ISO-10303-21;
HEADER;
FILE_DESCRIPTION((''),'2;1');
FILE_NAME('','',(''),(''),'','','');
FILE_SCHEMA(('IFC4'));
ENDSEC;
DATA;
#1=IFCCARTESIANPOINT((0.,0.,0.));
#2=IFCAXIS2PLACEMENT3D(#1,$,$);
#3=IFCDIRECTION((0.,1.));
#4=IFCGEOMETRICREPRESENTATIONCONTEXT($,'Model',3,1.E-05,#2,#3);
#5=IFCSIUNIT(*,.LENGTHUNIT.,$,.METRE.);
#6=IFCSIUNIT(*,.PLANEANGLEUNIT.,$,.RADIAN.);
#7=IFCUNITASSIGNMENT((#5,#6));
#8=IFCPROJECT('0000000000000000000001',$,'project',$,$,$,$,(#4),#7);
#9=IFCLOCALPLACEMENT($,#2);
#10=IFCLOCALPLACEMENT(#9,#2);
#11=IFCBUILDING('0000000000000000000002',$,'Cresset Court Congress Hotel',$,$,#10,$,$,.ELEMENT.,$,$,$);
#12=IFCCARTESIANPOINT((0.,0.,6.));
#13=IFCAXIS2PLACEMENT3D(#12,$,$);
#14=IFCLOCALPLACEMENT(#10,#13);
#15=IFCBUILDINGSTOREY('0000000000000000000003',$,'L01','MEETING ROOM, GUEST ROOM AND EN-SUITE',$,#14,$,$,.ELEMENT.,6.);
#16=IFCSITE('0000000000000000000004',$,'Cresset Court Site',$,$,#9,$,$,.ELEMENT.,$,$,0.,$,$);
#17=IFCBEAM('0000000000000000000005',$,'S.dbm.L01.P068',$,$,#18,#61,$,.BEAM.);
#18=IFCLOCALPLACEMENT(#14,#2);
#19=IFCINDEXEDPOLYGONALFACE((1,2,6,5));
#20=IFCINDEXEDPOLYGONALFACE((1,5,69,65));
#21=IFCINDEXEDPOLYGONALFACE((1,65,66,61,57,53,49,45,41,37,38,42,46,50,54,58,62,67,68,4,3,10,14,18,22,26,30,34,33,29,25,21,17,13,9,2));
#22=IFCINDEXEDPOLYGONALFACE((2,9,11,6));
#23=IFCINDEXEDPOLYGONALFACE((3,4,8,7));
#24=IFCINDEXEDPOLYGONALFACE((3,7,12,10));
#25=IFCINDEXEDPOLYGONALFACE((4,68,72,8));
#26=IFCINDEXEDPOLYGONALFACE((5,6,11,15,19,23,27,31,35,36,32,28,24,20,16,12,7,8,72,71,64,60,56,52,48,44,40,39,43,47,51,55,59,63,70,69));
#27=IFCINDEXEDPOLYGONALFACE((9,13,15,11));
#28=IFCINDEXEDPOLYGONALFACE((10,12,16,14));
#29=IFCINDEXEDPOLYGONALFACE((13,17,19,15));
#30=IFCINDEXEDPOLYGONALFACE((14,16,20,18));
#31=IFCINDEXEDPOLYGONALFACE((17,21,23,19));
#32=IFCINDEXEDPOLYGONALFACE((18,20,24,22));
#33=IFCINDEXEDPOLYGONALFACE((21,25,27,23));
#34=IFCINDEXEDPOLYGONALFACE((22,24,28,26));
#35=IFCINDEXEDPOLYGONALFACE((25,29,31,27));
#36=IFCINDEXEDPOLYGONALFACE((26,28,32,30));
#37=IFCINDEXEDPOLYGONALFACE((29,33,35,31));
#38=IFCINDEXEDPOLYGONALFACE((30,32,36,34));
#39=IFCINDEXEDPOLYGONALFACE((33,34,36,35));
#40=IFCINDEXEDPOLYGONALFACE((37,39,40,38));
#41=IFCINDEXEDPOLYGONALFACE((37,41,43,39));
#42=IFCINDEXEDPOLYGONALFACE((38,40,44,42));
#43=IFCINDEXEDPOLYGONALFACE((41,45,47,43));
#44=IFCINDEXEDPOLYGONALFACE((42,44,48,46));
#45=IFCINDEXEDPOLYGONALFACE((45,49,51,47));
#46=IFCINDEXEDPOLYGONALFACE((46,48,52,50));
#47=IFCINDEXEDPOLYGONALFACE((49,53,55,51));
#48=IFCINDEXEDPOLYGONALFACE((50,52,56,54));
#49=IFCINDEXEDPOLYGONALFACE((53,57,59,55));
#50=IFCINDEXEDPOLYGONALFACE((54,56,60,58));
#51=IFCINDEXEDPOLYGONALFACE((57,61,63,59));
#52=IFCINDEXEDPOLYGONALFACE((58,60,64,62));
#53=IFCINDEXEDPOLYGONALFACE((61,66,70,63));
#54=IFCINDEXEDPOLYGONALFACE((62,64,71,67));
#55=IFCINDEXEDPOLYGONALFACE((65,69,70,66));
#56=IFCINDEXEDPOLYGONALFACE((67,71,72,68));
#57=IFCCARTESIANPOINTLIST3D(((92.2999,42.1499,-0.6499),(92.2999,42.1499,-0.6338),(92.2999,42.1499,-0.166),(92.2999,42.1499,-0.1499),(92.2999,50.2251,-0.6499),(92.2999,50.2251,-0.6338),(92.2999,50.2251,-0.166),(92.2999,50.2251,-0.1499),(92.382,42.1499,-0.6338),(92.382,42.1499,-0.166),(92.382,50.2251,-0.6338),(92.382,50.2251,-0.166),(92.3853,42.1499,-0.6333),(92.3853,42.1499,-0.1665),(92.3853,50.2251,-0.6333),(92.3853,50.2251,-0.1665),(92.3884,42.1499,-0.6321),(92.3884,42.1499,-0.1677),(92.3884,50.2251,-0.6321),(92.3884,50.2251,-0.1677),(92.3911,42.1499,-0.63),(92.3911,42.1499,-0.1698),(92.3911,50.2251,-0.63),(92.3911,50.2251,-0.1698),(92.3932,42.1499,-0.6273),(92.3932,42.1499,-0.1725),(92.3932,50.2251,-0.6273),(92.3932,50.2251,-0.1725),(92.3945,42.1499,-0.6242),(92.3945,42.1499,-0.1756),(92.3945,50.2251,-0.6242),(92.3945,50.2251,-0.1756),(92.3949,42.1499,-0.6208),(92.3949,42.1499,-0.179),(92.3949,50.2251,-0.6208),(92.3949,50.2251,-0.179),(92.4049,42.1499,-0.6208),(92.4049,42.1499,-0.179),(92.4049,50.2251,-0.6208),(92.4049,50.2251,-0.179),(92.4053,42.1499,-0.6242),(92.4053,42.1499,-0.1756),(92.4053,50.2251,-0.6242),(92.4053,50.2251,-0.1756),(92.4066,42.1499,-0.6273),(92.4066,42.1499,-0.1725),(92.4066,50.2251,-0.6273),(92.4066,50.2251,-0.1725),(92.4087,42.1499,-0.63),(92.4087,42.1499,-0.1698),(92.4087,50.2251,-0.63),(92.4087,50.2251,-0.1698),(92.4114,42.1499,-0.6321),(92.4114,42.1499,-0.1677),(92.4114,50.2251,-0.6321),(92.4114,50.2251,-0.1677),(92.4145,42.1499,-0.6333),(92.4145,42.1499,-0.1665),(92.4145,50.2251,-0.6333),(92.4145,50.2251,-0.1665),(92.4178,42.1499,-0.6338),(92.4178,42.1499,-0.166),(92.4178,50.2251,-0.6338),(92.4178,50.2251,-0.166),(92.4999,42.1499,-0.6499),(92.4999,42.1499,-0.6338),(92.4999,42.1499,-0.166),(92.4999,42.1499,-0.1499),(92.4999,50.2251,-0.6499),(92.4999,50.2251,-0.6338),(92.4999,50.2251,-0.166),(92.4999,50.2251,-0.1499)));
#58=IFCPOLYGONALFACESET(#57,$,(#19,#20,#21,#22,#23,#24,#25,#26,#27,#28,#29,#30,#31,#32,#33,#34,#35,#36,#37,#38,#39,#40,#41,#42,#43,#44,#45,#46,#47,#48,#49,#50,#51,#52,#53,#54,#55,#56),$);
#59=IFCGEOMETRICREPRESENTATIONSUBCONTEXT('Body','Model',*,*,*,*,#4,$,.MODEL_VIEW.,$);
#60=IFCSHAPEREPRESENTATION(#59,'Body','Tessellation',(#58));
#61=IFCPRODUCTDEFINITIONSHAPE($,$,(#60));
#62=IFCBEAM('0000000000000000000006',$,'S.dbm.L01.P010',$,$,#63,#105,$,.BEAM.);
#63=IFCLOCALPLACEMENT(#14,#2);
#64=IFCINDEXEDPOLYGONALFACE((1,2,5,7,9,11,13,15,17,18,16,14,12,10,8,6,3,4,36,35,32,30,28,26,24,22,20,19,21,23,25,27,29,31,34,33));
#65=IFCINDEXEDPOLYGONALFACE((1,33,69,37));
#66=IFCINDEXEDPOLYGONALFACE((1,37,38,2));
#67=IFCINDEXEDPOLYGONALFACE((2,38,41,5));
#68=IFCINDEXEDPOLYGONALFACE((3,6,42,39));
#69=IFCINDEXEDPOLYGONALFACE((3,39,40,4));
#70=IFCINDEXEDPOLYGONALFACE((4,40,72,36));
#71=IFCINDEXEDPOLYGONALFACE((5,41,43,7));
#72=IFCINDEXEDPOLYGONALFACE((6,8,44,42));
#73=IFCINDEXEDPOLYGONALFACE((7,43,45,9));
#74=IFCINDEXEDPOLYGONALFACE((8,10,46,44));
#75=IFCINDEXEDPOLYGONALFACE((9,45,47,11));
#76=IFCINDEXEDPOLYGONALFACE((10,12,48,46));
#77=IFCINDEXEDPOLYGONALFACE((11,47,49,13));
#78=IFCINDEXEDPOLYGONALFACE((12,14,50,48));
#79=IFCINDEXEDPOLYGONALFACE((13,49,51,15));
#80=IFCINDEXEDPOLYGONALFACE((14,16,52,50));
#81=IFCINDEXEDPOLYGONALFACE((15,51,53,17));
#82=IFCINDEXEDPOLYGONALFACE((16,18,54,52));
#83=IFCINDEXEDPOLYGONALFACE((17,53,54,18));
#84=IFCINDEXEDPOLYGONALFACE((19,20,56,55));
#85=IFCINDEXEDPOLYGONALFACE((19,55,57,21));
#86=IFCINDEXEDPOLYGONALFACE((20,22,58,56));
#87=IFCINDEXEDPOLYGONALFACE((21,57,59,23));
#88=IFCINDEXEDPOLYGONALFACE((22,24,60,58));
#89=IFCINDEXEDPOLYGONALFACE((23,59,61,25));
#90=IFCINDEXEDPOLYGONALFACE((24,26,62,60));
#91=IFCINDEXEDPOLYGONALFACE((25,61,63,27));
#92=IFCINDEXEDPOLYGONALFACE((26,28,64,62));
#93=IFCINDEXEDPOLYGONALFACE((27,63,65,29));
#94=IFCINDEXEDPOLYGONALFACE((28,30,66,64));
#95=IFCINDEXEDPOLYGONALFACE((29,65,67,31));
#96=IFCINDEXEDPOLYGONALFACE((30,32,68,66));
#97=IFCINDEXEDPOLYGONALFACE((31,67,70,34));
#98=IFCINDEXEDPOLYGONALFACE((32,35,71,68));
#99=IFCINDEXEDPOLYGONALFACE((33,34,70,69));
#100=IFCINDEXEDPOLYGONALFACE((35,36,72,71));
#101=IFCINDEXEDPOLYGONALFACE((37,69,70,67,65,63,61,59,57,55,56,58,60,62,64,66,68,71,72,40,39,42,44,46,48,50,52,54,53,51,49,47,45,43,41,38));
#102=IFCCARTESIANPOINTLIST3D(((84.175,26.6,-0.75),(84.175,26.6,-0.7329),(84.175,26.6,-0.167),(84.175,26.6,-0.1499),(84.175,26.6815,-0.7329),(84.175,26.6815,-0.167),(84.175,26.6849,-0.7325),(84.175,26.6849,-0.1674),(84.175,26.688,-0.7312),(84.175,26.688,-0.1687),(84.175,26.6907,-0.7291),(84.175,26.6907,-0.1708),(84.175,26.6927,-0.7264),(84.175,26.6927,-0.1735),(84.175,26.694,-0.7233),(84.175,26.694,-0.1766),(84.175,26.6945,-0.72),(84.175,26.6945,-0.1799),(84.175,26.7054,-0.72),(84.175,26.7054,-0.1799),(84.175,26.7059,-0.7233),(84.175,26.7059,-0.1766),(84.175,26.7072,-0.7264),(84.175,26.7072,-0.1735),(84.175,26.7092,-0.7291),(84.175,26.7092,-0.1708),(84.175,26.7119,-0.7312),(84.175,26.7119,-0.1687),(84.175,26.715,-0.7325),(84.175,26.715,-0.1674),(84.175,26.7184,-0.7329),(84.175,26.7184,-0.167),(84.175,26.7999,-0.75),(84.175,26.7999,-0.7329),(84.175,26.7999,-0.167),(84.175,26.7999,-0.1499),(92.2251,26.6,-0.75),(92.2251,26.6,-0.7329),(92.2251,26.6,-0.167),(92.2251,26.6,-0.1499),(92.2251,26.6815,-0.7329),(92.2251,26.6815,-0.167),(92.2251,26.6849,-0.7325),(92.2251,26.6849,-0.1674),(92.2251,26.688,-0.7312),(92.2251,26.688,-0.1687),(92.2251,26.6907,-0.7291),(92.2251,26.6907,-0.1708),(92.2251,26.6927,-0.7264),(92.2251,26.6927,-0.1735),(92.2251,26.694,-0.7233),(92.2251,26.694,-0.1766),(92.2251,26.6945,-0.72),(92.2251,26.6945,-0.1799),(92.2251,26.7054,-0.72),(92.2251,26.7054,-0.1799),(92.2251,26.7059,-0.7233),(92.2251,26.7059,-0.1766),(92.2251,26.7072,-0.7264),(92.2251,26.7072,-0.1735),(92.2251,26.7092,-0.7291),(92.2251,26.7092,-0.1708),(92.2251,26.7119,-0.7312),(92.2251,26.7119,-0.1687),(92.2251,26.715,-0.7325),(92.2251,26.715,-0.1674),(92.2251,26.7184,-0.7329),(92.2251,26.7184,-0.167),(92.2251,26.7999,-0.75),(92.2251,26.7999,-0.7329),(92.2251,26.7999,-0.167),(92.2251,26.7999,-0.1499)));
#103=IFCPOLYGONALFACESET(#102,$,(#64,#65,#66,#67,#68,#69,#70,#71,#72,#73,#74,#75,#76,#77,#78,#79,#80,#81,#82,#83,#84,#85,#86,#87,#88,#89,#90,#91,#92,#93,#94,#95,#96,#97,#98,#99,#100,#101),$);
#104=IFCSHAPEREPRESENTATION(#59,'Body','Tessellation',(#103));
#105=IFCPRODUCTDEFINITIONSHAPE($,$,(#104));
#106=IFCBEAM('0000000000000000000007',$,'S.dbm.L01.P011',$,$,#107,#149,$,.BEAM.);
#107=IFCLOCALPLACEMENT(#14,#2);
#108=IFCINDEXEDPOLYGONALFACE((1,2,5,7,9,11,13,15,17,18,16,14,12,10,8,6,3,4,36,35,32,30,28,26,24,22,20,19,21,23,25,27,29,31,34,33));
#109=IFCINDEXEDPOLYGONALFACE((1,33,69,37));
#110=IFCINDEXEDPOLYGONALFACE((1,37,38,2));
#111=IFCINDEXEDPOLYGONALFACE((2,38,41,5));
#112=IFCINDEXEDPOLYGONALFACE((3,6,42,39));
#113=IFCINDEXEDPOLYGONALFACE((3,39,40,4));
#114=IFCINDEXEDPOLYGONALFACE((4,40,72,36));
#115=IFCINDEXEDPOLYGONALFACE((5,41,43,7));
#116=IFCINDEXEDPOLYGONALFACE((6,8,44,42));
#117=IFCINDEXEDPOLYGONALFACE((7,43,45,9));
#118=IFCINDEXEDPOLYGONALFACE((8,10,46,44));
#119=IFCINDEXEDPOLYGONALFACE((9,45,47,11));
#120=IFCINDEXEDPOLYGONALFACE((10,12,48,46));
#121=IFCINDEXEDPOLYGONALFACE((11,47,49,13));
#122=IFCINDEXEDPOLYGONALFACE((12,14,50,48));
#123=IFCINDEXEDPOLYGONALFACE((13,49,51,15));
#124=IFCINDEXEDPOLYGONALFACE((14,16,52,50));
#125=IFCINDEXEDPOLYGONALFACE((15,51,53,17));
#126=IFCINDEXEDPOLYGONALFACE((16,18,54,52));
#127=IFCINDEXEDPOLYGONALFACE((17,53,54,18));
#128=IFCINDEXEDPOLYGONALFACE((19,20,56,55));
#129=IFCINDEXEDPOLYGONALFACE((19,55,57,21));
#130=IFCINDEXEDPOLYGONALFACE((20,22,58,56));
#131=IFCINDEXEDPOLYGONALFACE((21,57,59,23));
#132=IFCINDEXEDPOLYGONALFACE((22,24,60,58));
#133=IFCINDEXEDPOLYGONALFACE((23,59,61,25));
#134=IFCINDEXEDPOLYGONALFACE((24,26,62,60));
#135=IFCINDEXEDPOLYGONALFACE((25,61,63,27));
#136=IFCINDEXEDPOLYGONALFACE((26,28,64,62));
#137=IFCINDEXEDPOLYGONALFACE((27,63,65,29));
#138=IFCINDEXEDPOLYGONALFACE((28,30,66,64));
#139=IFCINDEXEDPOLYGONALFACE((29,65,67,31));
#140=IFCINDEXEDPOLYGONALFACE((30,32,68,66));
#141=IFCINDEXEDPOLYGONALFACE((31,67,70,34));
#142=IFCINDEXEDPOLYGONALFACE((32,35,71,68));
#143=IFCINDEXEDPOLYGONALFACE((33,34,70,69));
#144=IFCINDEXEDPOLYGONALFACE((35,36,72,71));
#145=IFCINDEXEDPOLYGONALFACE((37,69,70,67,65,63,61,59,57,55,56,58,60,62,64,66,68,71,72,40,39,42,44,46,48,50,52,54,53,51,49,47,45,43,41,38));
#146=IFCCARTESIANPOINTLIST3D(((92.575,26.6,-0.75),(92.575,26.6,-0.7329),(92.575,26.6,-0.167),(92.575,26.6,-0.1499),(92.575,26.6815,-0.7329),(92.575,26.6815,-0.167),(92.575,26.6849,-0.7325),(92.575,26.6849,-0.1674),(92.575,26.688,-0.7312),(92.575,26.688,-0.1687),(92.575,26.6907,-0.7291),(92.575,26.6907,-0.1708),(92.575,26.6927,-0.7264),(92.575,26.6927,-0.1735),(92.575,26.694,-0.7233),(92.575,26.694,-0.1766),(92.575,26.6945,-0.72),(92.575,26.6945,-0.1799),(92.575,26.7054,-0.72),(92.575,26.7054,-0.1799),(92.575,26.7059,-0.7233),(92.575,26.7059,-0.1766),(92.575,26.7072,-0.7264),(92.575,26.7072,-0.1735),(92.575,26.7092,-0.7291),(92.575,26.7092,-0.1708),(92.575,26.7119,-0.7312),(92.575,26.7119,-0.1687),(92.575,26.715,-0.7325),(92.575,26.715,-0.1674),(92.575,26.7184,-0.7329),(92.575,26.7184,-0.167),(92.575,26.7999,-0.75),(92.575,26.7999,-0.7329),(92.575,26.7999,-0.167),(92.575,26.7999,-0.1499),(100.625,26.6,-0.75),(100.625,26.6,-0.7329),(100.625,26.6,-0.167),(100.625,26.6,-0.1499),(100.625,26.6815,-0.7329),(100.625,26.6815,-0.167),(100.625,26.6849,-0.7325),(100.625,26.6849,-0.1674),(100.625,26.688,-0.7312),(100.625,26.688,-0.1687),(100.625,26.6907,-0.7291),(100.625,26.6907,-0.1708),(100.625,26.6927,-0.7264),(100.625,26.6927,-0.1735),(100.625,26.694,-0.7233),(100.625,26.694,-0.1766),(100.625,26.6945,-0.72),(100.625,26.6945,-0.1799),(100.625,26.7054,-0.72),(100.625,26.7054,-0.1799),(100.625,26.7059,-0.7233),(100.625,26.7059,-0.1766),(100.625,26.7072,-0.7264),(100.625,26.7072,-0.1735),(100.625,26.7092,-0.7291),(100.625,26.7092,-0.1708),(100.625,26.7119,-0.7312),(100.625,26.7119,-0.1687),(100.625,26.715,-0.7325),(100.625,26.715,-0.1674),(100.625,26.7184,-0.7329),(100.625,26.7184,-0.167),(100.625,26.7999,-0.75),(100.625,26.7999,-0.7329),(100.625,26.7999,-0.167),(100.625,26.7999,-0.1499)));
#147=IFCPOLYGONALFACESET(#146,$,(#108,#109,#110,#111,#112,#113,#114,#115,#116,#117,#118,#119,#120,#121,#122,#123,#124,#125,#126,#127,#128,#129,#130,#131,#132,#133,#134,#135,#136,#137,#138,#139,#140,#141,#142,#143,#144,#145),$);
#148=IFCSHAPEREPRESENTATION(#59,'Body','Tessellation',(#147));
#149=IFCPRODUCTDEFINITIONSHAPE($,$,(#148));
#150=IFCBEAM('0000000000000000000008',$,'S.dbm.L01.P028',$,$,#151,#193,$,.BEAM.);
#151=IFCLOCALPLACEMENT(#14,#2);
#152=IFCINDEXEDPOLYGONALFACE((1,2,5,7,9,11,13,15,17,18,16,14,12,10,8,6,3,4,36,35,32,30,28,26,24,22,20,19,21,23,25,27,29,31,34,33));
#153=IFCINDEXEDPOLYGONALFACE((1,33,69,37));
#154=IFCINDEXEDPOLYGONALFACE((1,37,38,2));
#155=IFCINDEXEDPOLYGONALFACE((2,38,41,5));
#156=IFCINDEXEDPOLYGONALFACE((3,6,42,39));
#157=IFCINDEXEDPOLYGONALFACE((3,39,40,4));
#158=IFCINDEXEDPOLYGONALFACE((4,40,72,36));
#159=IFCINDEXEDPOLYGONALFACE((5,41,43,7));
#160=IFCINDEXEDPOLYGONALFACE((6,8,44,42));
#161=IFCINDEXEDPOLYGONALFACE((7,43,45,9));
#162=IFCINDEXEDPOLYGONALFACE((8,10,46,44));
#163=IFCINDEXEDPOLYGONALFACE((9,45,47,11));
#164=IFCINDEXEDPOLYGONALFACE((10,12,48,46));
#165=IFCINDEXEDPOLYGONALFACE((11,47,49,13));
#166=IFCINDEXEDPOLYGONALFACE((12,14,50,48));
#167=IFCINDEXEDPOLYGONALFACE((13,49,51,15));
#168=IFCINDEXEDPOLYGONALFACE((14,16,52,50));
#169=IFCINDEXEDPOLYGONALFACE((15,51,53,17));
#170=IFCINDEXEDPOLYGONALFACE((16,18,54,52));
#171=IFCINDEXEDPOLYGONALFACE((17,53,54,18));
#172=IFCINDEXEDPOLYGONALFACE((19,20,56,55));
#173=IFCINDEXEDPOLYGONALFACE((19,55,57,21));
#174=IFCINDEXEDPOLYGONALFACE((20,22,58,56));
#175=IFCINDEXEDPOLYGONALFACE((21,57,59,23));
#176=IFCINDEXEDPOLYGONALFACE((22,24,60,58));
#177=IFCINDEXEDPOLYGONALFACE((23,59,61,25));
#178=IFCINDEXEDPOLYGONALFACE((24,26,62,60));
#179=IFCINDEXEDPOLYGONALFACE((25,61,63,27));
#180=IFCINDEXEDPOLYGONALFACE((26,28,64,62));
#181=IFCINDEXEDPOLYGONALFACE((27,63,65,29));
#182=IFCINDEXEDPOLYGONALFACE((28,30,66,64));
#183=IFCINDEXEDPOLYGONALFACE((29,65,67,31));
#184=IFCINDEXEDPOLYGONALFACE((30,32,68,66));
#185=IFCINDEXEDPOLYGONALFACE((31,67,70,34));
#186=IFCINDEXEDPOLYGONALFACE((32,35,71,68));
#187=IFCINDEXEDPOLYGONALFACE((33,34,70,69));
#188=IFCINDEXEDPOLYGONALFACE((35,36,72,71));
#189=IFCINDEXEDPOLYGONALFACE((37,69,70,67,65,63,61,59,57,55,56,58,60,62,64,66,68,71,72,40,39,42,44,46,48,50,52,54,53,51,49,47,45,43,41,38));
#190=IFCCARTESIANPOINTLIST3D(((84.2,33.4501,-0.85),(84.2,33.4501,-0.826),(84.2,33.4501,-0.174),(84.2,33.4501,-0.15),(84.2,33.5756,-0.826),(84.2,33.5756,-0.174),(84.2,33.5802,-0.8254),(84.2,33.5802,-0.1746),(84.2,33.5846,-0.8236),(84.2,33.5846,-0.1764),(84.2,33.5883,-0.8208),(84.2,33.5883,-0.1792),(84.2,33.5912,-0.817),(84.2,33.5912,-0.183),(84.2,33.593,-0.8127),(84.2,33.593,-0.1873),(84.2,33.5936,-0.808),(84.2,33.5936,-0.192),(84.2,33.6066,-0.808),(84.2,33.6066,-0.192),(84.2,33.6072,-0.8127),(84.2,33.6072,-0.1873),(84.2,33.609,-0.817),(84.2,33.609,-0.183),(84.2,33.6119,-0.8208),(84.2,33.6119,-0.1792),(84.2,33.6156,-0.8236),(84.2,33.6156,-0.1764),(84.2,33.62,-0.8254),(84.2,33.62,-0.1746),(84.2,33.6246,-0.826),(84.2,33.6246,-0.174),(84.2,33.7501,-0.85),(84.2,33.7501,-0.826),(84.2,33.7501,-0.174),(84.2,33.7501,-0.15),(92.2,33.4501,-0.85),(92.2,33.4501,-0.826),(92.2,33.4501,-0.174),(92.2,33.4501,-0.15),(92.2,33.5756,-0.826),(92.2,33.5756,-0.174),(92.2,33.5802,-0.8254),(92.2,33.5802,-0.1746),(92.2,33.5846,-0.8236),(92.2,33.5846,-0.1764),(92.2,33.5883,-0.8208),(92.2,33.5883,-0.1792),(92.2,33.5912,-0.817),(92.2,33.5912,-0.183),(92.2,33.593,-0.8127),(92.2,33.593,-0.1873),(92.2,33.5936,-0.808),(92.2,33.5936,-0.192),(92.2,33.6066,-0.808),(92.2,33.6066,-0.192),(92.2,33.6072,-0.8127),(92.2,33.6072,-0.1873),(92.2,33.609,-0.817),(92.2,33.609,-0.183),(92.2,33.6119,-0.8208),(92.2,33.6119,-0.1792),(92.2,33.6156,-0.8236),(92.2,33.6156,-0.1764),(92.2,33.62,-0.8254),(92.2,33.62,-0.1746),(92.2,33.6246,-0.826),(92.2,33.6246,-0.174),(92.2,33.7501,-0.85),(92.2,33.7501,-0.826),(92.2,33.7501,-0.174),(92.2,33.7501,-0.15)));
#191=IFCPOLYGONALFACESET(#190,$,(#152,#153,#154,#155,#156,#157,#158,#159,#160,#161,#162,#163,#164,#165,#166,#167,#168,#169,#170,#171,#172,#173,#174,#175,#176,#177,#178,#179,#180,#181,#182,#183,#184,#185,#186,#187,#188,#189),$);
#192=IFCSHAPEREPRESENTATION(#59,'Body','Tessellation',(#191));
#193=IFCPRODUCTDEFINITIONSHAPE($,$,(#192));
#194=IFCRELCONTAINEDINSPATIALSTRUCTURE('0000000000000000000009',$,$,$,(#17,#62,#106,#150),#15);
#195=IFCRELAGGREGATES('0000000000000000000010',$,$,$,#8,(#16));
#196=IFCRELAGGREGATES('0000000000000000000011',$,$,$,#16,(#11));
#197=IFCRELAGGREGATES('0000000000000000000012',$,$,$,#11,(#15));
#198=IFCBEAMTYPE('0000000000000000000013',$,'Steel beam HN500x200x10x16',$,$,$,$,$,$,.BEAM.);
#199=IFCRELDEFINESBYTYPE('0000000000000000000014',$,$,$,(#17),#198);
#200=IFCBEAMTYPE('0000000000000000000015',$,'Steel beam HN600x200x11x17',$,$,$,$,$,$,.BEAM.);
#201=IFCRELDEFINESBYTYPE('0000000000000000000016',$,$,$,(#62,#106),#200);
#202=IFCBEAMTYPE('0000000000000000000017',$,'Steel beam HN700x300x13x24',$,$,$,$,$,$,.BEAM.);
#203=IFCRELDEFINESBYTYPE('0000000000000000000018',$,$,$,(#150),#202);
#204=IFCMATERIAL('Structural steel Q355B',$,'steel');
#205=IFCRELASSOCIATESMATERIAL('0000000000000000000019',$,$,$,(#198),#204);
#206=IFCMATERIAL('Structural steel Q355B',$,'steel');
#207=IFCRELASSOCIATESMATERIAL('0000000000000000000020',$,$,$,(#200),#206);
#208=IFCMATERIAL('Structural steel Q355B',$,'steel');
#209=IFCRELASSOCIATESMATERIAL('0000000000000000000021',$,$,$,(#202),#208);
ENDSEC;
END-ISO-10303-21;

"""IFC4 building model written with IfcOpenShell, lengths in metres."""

from ifc_helpers import new_model, si_unit, direction, frame, origin, origin_2d, place, context, subcontext, project, spatial, i_section, extrude, material, material_profile, profile_set, type_object, element, save


model = new_model("IFC4")

# Units and contexts
model_context = context("Model", 3, precision=1e-05, world=origin(), true_north=direction((0.0, 1.0)))
body_context = subcontext(model_context, "Body", "Model", "MODEL_VIEW")
ifc_project = project(units=[si_unit("LENGTHUNIT", "METRE"), si_unit("PLANEANGLEUNIT", "RADIAN")], contexts=[model_context])

# Site, building, storey
site_placement = place(None, origin())
site = spatial("IfcSite", under=ifc_project, at=site_placement, Name="Cresset Court Site", CompositionType="ELEMENT", RefElevation=0.0)
building_placement = place(site_placement, origin())
building = spatial("IfcBuilding", under=site, at=building_placement, Name="Cresset Court Congress Hotel", CompositionType="ELEMENT")
storey_placement = place(building_placement, frame((0.0, 0.0, 6.0)))
storey = spatial("IfcBuildingStorey", under=building, at=storey_placement, Name="L01", Description="MEETING ROOM, GUEST ROOM AND EN-SUITE", CompositionType="ELEMENT", Elevation=6.0)

# Beams
ifc_material_1 = material(Name="Structural steel Q355B", Category="steel")
ifc_material_profile_1 = material_profile(ifc_material_1, i_section(OverallWidth=0.2, OverallDepth=0.5, WebThickness=0.01, FlangeThickness=0.0161, FilletRadius=0.0129, at=origin_2d()), Name="HN500x200x10x16")
ifc_profile_set_1 = profile_set([ifc_material_profile_1], Name="Structural steel Q355B")
beam_type_1 = type_object("IfcBeamType", Name="Steel beam HN500x200x10x16", PredefinedType="BEAM", material=ifc_profile_set_1)
beam_1_placement = place(storey_placement, frame((92.3999, 42.1499, -0.3999), z_axis=(0.0, 1.0, 0.0), x_axis=(-1.0, 0.0, 0.0)))
element("IfcBeam", 1, at=beam_1_placement, inside=storey, type_object=beam_type_1, Name="S.dbm.L01.P068", PredefinedType="BEAM", context=body_context, shape_type="SweptSolid", body=[
    extrude(i_section(OverallWidth=0.2, OverallDepth=0.5, WebThickness=0.01, FlangeThickness=0.0161, FilletRadius=0.0129, at=origin_2d()), origin(), (0.0, 0.0, 1.0), 8.0752),
])
ifc_material_2 = material(Name="Structural steel Q355B", Category="steel")
ifc_material_profile_2 = material_profile(ifc_material_2, i_section(OverallWidth=0.2, OverallDepth=0.6001, WebThickness=0.011, FlangeThickness=0.0171, FilletRadius=0.0129, at=origin_2d()), Name="HN600x200x11x17")
ifc_profile_set_2 = profile_set([ifc_material_profile_2], Name="Structural steel Q355B")
beam_type_2 = type_object("IfcBeamType", Name="Steel beam HN600x200x11x17", PredefinedType="BEAM", material=ifc_profile_set_2)
for number, where, z_axis, x_axis, name in (
    (2, (84.175, 26.7, -0.45), (1.0, 0.0, 0.0), (0.0, 1.0, 0.0), "S.dbm.L01.P010"),
    (3, (92.575, 26.7, -0.45), (1.0, 0.0, 0.0), (0.0, 1.0, 0.0), "S.dbm.L01.P011"),
):
    element("IfcBeam", number, at=place(storey_placement, frame(where, z_axis=z_axis, x_axis=x_axis)), inside=storey, type_object=beam_type_2, Name=name, PredefinedType="BEAM", context=body_context, shape_type="SweptSolid", body=[
        extrude(i_section(OverallWidth=0.2, OverallDepth=0.6001, WebThickness=0.011, FlangeThickness=0.0171, FilletRadius=0.0129, at=origin_2d()), origin(), (0.0, 0.0, 1.0), 8.05),
    ])
ifc_material_3 = material(Name="Structural steel Q355B", Category="steel")
ifc_material_profile_3 = material_profile(ifc_material_3, i_section(OverallWidth=0.3, OverallDepth=0.7, WebThickness=0.0129, FlangeThickness=0.0239, FilletRadius=0.0181, at=origin_2d()), Name="HN700x300x13x24")
ifc_profile_set_3 = profile_set([ifc_material_profile_3], Name="Structural steel Q355B")
beam_type_3 = type_object("IfcBeamType", Name="Steel beam HN700x300x13x24", PredefinedType="BEAM", material=ifc_profile_set_3)
for number, where, z_axis, x_axis, name in (
    (4, (84.2, 33.6001, -0.5), (1.0, 0.0, 0.0), (0.0, 1.0, 0.0), "S.dbm.L01.P028"),
):
    element("IfcBeam", number, at=place(storey_placement, frame(where, z_axis=z_axis, x_axis=x_axis)), inside=storey, type_object=beam_type_3, Name=name, PredefinedType="BEAM", context=body_context, shape_type="SweptSolid", body=[
        extrude(i_section(OverallWidth=0.3, OverallDepth=0.7, WebThickness=0.0129, FlangeThickness=0.0239, FilletRadius=0.0181, at=origin_2d()), origin(), (0.0, 0.0, 1.0), 8.0),
    ])

save(model, "model.ifc")
